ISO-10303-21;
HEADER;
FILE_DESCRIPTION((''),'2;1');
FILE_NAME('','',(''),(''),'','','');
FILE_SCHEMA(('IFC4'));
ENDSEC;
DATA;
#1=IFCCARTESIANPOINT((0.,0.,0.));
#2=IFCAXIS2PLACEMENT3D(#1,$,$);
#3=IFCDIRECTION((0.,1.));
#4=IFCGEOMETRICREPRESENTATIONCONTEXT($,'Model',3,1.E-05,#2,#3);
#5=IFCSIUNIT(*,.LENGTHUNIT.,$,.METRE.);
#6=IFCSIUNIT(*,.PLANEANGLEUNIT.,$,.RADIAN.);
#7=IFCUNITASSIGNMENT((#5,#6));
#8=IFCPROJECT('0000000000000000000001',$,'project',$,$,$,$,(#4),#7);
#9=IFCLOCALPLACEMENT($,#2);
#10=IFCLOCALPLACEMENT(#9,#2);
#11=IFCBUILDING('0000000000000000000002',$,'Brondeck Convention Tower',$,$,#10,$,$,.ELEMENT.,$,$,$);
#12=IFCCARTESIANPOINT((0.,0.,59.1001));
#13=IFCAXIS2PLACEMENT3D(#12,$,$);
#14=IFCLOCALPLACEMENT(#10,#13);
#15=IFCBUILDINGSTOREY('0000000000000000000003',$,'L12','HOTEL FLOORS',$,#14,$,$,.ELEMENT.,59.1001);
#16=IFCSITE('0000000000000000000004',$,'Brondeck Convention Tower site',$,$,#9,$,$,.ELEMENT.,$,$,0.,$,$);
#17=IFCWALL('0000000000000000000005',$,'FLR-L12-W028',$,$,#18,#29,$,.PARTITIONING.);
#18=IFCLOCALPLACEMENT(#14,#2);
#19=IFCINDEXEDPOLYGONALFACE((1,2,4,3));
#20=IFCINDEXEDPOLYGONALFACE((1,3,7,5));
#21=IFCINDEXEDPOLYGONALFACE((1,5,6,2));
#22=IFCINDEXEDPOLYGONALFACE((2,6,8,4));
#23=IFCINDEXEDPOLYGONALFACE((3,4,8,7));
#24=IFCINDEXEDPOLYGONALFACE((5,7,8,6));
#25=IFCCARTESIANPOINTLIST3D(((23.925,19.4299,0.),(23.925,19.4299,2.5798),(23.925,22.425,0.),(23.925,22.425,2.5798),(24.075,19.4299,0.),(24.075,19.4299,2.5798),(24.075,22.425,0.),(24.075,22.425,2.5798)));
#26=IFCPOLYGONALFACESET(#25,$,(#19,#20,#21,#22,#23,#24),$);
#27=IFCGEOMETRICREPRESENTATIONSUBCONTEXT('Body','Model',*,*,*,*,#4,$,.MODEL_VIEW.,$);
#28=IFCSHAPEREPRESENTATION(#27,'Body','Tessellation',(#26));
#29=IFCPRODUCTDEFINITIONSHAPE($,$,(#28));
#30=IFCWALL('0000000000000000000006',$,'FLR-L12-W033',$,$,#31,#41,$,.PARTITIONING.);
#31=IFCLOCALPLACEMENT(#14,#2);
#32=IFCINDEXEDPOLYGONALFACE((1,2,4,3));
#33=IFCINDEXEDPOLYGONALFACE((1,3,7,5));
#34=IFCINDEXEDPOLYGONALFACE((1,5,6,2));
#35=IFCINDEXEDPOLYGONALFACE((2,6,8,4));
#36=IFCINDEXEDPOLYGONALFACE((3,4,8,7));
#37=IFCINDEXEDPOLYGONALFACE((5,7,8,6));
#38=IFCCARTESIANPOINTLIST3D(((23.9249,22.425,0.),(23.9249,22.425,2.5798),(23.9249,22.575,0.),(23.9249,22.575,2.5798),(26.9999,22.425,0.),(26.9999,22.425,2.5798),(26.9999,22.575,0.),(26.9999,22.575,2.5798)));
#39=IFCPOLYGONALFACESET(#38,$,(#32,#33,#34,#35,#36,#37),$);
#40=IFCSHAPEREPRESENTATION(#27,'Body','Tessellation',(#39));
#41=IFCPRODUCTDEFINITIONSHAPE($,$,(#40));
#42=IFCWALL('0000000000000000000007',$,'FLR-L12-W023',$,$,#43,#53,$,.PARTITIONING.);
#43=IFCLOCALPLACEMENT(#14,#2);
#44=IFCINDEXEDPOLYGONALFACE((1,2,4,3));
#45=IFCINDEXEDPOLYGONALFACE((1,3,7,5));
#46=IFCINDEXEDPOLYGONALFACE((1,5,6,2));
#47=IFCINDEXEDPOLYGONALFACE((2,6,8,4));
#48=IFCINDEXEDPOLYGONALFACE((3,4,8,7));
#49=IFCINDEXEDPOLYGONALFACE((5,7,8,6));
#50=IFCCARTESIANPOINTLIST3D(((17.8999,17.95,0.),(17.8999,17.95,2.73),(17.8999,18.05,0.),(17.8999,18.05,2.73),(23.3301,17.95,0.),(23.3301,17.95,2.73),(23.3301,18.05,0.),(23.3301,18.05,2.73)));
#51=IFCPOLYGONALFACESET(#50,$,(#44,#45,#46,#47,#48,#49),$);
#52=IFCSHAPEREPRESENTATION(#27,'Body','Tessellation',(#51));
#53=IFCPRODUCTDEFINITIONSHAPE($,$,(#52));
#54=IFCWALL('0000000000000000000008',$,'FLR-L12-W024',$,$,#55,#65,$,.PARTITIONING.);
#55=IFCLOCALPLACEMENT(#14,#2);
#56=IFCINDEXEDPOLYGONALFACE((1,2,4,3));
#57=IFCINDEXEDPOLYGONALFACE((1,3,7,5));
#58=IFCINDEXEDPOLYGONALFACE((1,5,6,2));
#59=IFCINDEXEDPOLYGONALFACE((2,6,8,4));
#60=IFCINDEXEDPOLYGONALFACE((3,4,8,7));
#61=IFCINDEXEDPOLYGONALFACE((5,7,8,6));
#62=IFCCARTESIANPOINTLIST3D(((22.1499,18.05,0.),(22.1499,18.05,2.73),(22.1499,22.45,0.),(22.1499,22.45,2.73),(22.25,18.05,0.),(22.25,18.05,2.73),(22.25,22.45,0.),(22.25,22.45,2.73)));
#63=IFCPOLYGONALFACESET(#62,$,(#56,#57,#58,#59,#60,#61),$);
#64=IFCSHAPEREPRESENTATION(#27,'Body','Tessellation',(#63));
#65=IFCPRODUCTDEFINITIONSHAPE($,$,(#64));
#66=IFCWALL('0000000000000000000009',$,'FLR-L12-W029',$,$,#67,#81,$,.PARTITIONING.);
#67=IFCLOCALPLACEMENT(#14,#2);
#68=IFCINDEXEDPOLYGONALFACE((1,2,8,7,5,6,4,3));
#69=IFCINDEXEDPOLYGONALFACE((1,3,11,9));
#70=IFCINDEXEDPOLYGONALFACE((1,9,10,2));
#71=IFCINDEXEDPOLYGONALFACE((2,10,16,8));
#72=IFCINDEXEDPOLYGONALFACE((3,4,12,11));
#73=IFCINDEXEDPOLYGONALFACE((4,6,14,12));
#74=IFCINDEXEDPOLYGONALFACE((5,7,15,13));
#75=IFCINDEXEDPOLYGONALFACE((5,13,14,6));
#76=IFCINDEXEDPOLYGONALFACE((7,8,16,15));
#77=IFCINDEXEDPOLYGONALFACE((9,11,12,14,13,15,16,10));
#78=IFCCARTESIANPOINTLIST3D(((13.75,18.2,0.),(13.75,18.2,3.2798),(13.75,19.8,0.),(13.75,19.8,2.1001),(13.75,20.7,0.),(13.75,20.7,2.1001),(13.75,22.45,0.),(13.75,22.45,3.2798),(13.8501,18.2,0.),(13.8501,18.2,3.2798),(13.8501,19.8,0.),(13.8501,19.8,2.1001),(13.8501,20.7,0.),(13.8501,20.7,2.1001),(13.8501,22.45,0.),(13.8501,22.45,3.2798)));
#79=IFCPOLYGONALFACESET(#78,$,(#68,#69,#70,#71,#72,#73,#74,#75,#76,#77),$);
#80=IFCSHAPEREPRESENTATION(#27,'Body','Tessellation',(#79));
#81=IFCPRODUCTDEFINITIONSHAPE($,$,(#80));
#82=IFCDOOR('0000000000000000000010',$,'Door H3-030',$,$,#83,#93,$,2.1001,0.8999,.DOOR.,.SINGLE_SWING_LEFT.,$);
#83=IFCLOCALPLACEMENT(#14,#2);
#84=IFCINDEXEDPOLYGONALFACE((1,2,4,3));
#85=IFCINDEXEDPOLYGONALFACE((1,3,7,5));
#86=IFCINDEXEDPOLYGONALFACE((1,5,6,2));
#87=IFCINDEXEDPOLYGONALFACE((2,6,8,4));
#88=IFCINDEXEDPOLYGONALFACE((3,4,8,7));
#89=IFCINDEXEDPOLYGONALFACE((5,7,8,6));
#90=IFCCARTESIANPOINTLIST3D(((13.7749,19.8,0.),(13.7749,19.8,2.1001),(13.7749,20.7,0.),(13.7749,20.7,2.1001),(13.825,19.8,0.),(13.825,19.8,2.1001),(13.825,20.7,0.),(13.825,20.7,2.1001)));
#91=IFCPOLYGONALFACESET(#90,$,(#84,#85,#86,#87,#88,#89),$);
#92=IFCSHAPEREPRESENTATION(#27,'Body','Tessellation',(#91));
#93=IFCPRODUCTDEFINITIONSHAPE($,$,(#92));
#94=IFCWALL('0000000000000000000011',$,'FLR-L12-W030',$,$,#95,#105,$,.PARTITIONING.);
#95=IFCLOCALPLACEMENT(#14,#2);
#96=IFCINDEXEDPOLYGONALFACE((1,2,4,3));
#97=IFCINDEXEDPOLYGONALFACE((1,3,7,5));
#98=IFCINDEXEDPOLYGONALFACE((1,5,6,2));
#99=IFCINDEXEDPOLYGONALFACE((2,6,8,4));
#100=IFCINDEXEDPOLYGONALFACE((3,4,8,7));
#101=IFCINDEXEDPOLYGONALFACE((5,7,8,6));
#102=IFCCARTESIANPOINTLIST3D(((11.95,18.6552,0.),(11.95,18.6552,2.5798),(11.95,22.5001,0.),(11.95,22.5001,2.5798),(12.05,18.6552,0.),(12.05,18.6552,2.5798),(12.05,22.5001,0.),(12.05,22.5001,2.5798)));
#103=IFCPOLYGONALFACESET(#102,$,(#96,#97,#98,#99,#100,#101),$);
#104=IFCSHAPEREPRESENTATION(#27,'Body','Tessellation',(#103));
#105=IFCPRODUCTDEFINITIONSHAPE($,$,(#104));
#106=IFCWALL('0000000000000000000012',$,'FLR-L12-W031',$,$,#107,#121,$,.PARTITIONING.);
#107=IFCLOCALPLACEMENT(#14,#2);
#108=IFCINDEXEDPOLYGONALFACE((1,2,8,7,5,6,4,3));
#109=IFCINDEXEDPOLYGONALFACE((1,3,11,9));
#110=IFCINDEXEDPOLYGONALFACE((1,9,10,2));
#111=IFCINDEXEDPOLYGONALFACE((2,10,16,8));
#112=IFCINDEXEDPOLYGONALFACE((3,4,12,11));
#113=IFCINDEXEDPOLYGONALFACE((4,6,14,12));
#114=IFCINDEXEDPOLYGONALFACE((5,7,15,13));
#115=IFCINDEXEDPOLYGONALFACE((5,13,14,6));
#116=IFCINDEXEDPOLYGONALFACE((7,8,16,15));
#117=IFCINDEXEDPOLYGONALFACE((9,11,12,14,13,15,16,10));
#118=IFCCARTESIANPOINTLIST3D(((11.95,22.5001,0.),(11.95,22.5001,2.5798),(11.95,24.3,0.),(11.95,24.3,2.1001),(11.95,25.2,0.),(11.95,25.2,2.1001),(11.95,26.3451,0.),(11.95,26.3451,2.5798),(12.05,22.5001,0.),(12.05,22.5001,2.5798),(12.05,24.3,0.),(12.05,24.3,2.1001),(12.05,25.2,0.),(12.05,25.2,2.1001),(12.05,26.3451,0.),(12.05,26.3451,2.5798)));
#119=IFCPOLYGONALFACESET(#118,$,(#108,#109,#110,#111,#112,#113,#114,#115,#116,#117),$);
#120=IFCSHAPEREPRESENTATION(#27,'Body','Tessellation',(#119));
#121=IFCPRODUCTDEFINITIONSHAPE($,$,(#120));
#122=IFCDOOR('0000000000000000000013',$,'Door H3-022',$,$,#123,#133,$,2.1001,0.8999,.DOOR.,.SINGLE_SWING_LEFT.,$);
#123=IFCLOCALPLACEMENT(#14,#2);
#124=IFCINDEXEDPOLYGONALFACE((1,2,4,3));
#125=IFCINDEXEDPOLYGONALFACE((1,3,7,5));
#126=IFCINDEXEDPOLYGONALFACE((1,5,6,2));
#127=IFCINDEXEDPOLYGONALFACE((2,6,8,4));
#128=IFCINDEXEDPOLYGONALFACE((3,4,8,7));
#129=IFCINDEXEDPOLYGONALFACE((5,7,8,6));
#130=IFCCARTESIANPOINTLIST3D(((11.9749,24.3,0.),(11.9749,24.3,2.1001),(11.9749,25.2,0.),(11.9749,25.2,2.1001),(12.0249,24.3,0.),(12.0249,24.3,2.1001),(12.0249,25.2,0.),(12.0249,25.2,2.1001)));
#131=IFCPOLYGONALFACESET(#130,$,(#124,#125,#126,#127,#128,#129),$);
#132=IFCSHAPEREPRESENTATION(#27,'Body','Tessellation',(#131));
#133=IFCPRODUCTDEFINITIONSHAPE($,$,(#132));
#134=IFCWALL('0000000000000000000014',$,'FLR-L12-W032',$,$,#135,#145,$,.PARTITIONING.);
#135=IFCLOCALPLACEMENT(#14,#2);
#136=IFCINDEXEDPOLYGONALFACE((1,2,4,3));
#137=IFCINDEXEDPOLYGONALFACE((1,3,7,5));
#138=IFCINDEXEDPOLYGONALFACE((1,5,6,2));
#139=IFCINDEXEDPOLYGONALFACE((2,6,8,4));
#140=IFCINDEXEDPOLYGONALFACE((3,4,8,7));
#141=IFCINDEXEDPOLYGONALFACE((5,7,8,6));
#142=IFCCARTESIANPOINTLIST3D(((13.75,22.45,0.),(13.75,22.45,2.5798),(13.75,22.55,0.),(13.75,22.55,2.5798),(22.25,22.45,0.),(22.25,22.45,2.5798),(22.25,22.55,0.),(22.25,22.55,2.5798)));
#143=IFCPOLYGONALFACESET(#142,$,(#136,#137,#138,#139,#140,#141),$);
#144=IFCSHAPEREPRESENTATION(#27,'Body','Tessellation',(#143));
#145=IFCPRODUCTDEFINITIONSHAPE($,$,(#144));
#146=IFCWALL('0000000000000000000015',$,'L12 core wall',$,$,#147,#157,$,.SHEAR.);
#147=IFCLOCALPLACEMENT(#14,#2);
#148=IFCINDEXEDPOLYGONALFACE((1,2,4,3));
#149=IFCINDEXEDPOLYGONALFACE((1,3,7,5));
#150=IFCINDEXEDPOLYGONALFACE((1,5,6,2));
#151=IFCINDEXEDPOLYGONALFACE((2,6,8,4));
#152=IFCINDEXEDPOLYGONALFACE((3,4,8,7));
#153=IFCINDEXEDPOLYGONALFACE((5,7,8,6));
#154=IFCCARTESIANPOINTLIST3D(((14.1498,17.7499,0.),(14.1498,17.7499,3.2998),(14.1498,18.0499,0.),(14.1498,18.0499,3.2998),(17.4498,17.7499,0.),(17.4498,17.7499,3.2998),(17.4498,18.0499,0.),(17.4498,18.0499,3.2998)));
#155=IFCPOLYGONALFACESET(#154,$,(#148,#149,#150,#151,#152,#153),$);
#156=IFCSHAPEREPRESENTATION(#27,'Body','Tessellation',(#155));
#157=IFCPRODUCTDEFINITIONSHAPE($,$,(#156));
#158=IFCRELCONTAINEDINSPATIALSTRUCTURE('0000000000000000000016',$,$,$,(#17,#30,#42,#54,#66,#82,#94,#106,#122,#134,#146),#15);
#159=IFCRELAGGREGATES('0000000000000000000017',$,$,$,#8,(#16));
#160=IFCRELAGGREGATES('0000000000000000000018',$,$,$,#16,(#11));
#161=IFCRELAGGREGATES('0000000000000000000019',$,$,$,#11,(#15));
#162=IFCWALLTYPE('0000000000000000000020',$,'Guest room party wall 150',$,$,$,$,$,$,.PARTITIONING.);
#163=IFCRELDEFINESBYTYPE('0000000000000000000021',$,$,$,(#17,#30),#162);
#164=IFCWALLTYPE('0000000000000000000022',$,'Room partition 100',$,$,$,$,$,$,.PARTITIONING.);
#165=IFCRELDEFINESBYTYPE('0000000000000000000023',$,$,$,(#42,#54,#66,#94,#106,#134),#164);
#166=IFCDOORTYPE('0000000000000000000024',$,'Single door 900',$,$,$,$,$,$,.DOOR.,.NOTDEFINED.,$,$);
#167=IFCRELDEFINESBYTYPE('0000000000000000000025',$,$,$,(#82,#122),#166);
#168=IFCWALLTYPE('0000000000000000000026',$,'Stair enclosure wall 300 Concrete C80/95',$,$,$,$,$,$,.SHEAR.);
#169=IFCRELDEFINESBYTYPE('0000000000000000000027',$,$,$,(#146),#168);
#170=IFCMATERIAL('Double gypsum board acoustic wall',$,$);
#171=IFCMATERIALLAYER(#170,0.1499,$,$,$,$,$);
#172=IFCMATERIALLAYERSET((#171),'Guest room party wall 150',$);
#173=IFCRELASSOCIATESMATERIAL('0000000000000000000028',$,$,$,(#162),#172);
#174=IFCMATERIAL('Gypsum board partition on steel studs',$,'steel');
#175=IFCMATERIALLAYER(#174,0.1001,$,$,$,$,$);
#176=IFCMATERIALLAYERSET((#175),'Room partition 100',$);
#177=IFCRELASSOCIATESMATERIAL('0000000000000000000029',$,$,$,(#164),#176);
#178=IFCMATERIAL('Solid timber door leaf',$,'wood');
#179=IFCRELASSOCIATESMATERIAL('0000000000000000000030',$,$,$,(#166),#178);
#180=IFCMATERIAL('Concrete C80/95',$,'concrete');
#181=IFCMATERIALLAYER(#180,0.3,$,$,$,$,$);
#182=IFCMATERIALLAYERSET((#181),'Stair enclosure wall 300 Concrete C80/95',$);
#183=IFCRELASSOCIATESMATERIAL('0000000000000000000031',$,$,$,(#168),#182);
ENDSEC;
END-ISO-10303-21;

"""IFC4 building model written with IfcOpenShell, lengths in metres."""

from ifc_helpers import new_model, si_unit, direction, frame, frame_2d, origin, place, context, subcontext, project, spatial, rectangle, extrude, material, layer, layer_set, type_object, element, fill, save


model = new_model("IFC4")

# Units and contexts
model_context = context("Model", 3, precision=1e-05, world=origin(), true_north=direction((0.0, 1.0)))
body_context = subcontext(model_context, "Body", "Model", "MODEL_VIEW")
ifc_project = project(units=[si_unit("LENGTHUNIT", "METRE"), si_unit("PLANEANGLEUNIT", "RADIAN")], contexts=[model_context])

# Site, building, storey
site_placement = place(None, origin())
site = spatial("IfcSite", under=ifc_project, at=site_placement, Name="Brondeck Convention Tower site", CompositionType="ELEMENT", RefElevation=0.0)
building_placement = place(site_placement, origin())
building = spatial("IfcBuilding", under=site, at=building_placement, Name="Brondeck Convention Tower", CompositionType="ELEMENT")
storey_placement = place(building_placement, frame((0.0, 0.0, 59.1001)))
storey = spatial("IfcBuildingStorey", under=building, at=storey_placement, Name="L12", Description="HOTEL FLOORS", CompositionType="ELEMENT", Elevation=59.1001)

# Shared definitions
ifc_material_1 = material(Name="Concrete C80/95", Category="concrete")

# Shared definitions
ifc_material_2 = material(Name="Double gypsum board acoustic wall")
ifc_layer_1 = layer(ifc_material_2, 0.1499)
ifc_layer_set_1 = layer_set([ifc_layer_1], Name="Guest room party wall 150")
wall_type_1 = type_object("IfcWallType", Name="Guest room party wall 150", PredefinedType="PARTITIONING", material=ifc_layer_set_1)

# Shared definitions
ifc_material_3 = material(Name="Solid timber door leaf", Category="wood")

# Walls
wall_1_placement = place(storey_placement, frame((24.0, 22.425, 0.0), z_axis=(0.0, 0.0, 1.0), x_axis=(0.0, -1.0, 0.0)))
element("IfcWall", 1, at=wall_1_placement, inside=storey, type_object=wall_type_1, Name="FLR-L12-W028", PredefinedType="PARTITIONING", context=body_context, shape_type="SweptSolid", body=[
    extrude(rectangle(XDim=2.9951, YDim=0.1499, at=frame_2d((1.4976, 0.0))), origin(), (0.0, 0.0, 1.0), 2.5798),
])
wall_2_placement = place(storey_placement, frame((27.0, 22.5, 0.0), z_axis=(0.0, 0.0, 1.0), x_axis=(-1.0, 0.0, 0.0)))
element("IfcWall", 2, at=wall_2_placement, inside=storey, type_object=wall_type_1, Name="FLR-L12-W033", PredefinedType="PARTITIONING", context=body_context, shape_type="SweptSolid", body=[
    extrude(rectangle(XDim=3.075, YDim=0.1499, at=frame_2d((1.5376, 0.0))), origin(), (0.0, 0.0, 1.0), 2.5798),
])
ifc_material_4 = material(Name="Gypsum board partition on steel studs", Category="steel")
ifc_layer_2 = layer(ifc_material_4, 0.1001)
ifc_layer_set_2 = layer_set([ifc_layer_2], Name="Room partition 100")
wall_type_2 = type_object("IfcWallType", Name="Room partition 100", PredefinedType="PARTITIONING", material=ifc_layer_set_2)
wall_3_placement = place(storey_placement, frame((23.3301, 18.0, 0.0), z_axis=(0.0, 0.0, 1.0), x_axis=(-1.0, 0.0, 0.0)))
element("IfcWall", 3, at=wall_3_placement, inside=storey, type_object=wall_type_2, Name="FLR-L12-W023", PredefinedType="PARTITIONING", context=body_context, shape_type="SweptSolid", body=[
    extrude(rectangle(XDim=5.4302, YDim=0.1001, at=frame_2d((2.7151, 0.0))), origin(), (0.0, 0.0, 1.0), 2.73),
])
wall_4_placement = place(storey_placement, frame((22.2, 18.05, 0.0), z_axis=(0.0, 0.0, 1.0), x_axis=(0.0, 1.0, 0.0)))
element("IfcWall", 4, at=wall_4_placement, inside=storey, type_object=wall_type_2, Name="FLR-L12-W024", PredefinedType="PARTITIONING", context=body_context, shape_type="SweptSolid", body=[
    extrude(rectangle(XDim=4.3999, YDim=0.1001, at=frame_2d((2.2, 0.0))), origin(), (0.0, 0.0, 1.0), 2.73),
])

# Wall, opening, door
wall_5_placement = place(storey_placement, frame((13.8, 22.45, 0.0), z_axis=(0.0, 0.0, 1.0), x_axis=(0.0, -1.0, 0.0)))
wall_5 = element("IfcWall", 5, at=wall_5_placement, inside=storey, type_object=wall_type_2, Name="FLR-L12-W029", PredefinedType="PARTITIONING", context=body_context, shape_type="SweptSolid", body=[
    extrude(rectangle(XDim=4.25, YDim=0.1001, at=frame_2d((2.125, 0.0))), origin(), (0.0, 0.0, 1.0), 3.2798),
])
opening_1_placement = place(wall_5_placement, frame((1.75, 0.0, 0.0)))
opening_1 = element("IfcOpeningElement", 6, at=opening_1_placement, cuts=wall_5, PredefinedType="OPENING", context=body_context, shape_type="SweptSolid", body=[
    extrude(rectangle(XDim=0.8999, YDim=2.1001, at=frame_2d((0.45, 1.05))), frame((0.0, 0.0601, 0.0), z_axis=(0.0, -1.0, 0.0), x_axis=(1.0, 0.0, 0.0)), (0.0, 0.0, 1.0), 0.1201),
])
door_type_1 = type_object("IfcDoorType", Name="Single door 900", OperationType="NOTDEFINED", PredefinedType="DOOR", material=ifc_material_3)
door_1_placement = place(opening_1_placement, origin())
door_1 = element("IfcDoor", 7, at=door_1_placement, inside=storey, type_object=door_type_1, Name="Door H3-030", OperationType="SINGLE_SWING_LEFT", OverallHeight=2.1001, OverallWidth=0.8999, PredefinedType="DOOR", context=body_context, shape_type="SweptSolid", body=[
    extrude(rectangle(XDim=0.8999, YDim=2.1001, at=frame_2d((0.45, 1.05))), frame((0.0, 0.0249, 0.0), z_axis=(0.0, -1.0, 0.0), x_axis=(1.0, 0.0, 0.0)), (0.0, 0.0, 1.0), 0.05),
])
fill(opening_1, door_1)

# Wall
wall_6_placement = place(storey_placement, frame((12.0, 22.5, 0.0), z_axis=(0.0, 0.0, 1.0), x_axis=(0.0, -1.0, 0.0)))
element("IfcWall", 8, at=wall_6_placement, inside=storey, type_object=wall_type_2, Name="FLR-L12-W030", PredefinedType="PARTITIONING", context=body_context, shape_type="SweptSolid", body=[
    extrude(rectangle(XDim=3.845, YDim=0.1001, at=frame_2d((1.9224, 0.0))), origin(), (0.0, 0.0, 1.0), 2.5798),
])

# Wall, opening, door
wall_7_placement = place(storey_placement, frame((12.0, 26.345, 0.0), z_axis=(0.0, 0.0, 1.0), x_axis=(0.0, -1.0, 0.0)))
wall_7 = element("IfcWall", 9, at=wall_7_placement, inside=storey, type_object=wall_type_2, Name="FLR-L12-W031", PredefinedType="PARTITIONING", context=body_context, shape_type="SweptSolid", body=[
    extrude(rectangle(XDim=3.845, YDim=0.1001, at=frame_2d((1.9224, 0.0))), origin(), (0.0, 0.0, 1.0), 2.5798),
])
opening_2_placement = place(wall_7_placement, frame((1.145, 0.0, 0.0)))
opening_2 = element("IfcOpeningElement", 10, at=opening_2_placement, cuts=wall_7, PredefinedType="OPENING", context=body_context, shape_type="SweptSolid", body=[
    extrude(rectangle(XDim=0.8999, YDim=2.1001, at=frame_2d((0.45, 1.05))), frame((0.0, 0.0601, 0.0), z_axis=(0.0, -1.0, 0.0), x_axis=(1.0, 0.0, 0.0)), (0.0, 0.0, 1.0), 0.1201),
])
door_2_placement = place(opening_2_placement, origin())
door_2 = element("IfcDoor", 11, at=door_2_placement, inside=storey, type_object=door_type_1, Name="Door H3-022", OperationType="SINGLE_SWING_LEFT", OverallHeight=2.1001, OverallWidth=0.8999, PredefinedType="DOOR", context=body_context, shape_type="SweptSolid", body=[
    extrude(rectangle(XDim=0.8999, YDim=2.1001, at=frame_2d((0.45, 1.05))), frame((0.0, 0.0249, 0.0), z_axis=(0.0, -1.0, 0.0), x_axis=(1.0, 0.0, 0.0)), (0.0, 0.0, 1.0), 0.05),
])
fill(opening_2, door_2)

# Walls
wall_8_placement = place(storey_placement, frame((22.25, 22.5, 0.0), z_axis=(0.0, 0.0, 1.0), x_axis=(-1.0, 0.0, 0.0)))
element("IfcWall", 12, at=wall_8_placement, inside=storey, type_object=wall_type_2, Name="FLR-L12-W032", PredefinedType="PARTITIONING", context=body_context, shape_type="SweptSolid", body=[
    extrude(rectangle(XDim=8.5, YDim=0.1001, at=frame_2d((4.25, 0.0))), origin(), (0.0, 0.0, 1.0), 2.5798),
])
ifc_layer_3 = layer(ifc_material_1, 0.3)
ifc_layer_set_3 = layer_set([ifc_layer_3], Name="Stair enclosure wall 300 Concrete C80/95")
wall_type_3 = type_object("IfcWallType", Name="Stair enclosure wall 300 Concrete C80/95", PredefinedType="SHEAR", material=ifc_layer_set_3)
wall_9_placement = place(storey_placement, frame((14.1499, 17.8999, 0.0), z_axis=(0.0, 0.0, 1.0), x_axis=(1.0, 0.0, 0.0)))
element("IfcWall", 13, at=wall_9_placement, inside=storey, type_object=wall_type_3, Name="L12 core wall", PredefinedType="SHEAR", context=body_context, shape_type="SweptSolid", body=[
    extrude(rectangle(XDim=3.3, YDim=0.3, at=frame_2d((1.6499, 0.0))), origin(), (0.0, 0.0, 1.0), 3.2998),
])

save(model, "model.ifc")
